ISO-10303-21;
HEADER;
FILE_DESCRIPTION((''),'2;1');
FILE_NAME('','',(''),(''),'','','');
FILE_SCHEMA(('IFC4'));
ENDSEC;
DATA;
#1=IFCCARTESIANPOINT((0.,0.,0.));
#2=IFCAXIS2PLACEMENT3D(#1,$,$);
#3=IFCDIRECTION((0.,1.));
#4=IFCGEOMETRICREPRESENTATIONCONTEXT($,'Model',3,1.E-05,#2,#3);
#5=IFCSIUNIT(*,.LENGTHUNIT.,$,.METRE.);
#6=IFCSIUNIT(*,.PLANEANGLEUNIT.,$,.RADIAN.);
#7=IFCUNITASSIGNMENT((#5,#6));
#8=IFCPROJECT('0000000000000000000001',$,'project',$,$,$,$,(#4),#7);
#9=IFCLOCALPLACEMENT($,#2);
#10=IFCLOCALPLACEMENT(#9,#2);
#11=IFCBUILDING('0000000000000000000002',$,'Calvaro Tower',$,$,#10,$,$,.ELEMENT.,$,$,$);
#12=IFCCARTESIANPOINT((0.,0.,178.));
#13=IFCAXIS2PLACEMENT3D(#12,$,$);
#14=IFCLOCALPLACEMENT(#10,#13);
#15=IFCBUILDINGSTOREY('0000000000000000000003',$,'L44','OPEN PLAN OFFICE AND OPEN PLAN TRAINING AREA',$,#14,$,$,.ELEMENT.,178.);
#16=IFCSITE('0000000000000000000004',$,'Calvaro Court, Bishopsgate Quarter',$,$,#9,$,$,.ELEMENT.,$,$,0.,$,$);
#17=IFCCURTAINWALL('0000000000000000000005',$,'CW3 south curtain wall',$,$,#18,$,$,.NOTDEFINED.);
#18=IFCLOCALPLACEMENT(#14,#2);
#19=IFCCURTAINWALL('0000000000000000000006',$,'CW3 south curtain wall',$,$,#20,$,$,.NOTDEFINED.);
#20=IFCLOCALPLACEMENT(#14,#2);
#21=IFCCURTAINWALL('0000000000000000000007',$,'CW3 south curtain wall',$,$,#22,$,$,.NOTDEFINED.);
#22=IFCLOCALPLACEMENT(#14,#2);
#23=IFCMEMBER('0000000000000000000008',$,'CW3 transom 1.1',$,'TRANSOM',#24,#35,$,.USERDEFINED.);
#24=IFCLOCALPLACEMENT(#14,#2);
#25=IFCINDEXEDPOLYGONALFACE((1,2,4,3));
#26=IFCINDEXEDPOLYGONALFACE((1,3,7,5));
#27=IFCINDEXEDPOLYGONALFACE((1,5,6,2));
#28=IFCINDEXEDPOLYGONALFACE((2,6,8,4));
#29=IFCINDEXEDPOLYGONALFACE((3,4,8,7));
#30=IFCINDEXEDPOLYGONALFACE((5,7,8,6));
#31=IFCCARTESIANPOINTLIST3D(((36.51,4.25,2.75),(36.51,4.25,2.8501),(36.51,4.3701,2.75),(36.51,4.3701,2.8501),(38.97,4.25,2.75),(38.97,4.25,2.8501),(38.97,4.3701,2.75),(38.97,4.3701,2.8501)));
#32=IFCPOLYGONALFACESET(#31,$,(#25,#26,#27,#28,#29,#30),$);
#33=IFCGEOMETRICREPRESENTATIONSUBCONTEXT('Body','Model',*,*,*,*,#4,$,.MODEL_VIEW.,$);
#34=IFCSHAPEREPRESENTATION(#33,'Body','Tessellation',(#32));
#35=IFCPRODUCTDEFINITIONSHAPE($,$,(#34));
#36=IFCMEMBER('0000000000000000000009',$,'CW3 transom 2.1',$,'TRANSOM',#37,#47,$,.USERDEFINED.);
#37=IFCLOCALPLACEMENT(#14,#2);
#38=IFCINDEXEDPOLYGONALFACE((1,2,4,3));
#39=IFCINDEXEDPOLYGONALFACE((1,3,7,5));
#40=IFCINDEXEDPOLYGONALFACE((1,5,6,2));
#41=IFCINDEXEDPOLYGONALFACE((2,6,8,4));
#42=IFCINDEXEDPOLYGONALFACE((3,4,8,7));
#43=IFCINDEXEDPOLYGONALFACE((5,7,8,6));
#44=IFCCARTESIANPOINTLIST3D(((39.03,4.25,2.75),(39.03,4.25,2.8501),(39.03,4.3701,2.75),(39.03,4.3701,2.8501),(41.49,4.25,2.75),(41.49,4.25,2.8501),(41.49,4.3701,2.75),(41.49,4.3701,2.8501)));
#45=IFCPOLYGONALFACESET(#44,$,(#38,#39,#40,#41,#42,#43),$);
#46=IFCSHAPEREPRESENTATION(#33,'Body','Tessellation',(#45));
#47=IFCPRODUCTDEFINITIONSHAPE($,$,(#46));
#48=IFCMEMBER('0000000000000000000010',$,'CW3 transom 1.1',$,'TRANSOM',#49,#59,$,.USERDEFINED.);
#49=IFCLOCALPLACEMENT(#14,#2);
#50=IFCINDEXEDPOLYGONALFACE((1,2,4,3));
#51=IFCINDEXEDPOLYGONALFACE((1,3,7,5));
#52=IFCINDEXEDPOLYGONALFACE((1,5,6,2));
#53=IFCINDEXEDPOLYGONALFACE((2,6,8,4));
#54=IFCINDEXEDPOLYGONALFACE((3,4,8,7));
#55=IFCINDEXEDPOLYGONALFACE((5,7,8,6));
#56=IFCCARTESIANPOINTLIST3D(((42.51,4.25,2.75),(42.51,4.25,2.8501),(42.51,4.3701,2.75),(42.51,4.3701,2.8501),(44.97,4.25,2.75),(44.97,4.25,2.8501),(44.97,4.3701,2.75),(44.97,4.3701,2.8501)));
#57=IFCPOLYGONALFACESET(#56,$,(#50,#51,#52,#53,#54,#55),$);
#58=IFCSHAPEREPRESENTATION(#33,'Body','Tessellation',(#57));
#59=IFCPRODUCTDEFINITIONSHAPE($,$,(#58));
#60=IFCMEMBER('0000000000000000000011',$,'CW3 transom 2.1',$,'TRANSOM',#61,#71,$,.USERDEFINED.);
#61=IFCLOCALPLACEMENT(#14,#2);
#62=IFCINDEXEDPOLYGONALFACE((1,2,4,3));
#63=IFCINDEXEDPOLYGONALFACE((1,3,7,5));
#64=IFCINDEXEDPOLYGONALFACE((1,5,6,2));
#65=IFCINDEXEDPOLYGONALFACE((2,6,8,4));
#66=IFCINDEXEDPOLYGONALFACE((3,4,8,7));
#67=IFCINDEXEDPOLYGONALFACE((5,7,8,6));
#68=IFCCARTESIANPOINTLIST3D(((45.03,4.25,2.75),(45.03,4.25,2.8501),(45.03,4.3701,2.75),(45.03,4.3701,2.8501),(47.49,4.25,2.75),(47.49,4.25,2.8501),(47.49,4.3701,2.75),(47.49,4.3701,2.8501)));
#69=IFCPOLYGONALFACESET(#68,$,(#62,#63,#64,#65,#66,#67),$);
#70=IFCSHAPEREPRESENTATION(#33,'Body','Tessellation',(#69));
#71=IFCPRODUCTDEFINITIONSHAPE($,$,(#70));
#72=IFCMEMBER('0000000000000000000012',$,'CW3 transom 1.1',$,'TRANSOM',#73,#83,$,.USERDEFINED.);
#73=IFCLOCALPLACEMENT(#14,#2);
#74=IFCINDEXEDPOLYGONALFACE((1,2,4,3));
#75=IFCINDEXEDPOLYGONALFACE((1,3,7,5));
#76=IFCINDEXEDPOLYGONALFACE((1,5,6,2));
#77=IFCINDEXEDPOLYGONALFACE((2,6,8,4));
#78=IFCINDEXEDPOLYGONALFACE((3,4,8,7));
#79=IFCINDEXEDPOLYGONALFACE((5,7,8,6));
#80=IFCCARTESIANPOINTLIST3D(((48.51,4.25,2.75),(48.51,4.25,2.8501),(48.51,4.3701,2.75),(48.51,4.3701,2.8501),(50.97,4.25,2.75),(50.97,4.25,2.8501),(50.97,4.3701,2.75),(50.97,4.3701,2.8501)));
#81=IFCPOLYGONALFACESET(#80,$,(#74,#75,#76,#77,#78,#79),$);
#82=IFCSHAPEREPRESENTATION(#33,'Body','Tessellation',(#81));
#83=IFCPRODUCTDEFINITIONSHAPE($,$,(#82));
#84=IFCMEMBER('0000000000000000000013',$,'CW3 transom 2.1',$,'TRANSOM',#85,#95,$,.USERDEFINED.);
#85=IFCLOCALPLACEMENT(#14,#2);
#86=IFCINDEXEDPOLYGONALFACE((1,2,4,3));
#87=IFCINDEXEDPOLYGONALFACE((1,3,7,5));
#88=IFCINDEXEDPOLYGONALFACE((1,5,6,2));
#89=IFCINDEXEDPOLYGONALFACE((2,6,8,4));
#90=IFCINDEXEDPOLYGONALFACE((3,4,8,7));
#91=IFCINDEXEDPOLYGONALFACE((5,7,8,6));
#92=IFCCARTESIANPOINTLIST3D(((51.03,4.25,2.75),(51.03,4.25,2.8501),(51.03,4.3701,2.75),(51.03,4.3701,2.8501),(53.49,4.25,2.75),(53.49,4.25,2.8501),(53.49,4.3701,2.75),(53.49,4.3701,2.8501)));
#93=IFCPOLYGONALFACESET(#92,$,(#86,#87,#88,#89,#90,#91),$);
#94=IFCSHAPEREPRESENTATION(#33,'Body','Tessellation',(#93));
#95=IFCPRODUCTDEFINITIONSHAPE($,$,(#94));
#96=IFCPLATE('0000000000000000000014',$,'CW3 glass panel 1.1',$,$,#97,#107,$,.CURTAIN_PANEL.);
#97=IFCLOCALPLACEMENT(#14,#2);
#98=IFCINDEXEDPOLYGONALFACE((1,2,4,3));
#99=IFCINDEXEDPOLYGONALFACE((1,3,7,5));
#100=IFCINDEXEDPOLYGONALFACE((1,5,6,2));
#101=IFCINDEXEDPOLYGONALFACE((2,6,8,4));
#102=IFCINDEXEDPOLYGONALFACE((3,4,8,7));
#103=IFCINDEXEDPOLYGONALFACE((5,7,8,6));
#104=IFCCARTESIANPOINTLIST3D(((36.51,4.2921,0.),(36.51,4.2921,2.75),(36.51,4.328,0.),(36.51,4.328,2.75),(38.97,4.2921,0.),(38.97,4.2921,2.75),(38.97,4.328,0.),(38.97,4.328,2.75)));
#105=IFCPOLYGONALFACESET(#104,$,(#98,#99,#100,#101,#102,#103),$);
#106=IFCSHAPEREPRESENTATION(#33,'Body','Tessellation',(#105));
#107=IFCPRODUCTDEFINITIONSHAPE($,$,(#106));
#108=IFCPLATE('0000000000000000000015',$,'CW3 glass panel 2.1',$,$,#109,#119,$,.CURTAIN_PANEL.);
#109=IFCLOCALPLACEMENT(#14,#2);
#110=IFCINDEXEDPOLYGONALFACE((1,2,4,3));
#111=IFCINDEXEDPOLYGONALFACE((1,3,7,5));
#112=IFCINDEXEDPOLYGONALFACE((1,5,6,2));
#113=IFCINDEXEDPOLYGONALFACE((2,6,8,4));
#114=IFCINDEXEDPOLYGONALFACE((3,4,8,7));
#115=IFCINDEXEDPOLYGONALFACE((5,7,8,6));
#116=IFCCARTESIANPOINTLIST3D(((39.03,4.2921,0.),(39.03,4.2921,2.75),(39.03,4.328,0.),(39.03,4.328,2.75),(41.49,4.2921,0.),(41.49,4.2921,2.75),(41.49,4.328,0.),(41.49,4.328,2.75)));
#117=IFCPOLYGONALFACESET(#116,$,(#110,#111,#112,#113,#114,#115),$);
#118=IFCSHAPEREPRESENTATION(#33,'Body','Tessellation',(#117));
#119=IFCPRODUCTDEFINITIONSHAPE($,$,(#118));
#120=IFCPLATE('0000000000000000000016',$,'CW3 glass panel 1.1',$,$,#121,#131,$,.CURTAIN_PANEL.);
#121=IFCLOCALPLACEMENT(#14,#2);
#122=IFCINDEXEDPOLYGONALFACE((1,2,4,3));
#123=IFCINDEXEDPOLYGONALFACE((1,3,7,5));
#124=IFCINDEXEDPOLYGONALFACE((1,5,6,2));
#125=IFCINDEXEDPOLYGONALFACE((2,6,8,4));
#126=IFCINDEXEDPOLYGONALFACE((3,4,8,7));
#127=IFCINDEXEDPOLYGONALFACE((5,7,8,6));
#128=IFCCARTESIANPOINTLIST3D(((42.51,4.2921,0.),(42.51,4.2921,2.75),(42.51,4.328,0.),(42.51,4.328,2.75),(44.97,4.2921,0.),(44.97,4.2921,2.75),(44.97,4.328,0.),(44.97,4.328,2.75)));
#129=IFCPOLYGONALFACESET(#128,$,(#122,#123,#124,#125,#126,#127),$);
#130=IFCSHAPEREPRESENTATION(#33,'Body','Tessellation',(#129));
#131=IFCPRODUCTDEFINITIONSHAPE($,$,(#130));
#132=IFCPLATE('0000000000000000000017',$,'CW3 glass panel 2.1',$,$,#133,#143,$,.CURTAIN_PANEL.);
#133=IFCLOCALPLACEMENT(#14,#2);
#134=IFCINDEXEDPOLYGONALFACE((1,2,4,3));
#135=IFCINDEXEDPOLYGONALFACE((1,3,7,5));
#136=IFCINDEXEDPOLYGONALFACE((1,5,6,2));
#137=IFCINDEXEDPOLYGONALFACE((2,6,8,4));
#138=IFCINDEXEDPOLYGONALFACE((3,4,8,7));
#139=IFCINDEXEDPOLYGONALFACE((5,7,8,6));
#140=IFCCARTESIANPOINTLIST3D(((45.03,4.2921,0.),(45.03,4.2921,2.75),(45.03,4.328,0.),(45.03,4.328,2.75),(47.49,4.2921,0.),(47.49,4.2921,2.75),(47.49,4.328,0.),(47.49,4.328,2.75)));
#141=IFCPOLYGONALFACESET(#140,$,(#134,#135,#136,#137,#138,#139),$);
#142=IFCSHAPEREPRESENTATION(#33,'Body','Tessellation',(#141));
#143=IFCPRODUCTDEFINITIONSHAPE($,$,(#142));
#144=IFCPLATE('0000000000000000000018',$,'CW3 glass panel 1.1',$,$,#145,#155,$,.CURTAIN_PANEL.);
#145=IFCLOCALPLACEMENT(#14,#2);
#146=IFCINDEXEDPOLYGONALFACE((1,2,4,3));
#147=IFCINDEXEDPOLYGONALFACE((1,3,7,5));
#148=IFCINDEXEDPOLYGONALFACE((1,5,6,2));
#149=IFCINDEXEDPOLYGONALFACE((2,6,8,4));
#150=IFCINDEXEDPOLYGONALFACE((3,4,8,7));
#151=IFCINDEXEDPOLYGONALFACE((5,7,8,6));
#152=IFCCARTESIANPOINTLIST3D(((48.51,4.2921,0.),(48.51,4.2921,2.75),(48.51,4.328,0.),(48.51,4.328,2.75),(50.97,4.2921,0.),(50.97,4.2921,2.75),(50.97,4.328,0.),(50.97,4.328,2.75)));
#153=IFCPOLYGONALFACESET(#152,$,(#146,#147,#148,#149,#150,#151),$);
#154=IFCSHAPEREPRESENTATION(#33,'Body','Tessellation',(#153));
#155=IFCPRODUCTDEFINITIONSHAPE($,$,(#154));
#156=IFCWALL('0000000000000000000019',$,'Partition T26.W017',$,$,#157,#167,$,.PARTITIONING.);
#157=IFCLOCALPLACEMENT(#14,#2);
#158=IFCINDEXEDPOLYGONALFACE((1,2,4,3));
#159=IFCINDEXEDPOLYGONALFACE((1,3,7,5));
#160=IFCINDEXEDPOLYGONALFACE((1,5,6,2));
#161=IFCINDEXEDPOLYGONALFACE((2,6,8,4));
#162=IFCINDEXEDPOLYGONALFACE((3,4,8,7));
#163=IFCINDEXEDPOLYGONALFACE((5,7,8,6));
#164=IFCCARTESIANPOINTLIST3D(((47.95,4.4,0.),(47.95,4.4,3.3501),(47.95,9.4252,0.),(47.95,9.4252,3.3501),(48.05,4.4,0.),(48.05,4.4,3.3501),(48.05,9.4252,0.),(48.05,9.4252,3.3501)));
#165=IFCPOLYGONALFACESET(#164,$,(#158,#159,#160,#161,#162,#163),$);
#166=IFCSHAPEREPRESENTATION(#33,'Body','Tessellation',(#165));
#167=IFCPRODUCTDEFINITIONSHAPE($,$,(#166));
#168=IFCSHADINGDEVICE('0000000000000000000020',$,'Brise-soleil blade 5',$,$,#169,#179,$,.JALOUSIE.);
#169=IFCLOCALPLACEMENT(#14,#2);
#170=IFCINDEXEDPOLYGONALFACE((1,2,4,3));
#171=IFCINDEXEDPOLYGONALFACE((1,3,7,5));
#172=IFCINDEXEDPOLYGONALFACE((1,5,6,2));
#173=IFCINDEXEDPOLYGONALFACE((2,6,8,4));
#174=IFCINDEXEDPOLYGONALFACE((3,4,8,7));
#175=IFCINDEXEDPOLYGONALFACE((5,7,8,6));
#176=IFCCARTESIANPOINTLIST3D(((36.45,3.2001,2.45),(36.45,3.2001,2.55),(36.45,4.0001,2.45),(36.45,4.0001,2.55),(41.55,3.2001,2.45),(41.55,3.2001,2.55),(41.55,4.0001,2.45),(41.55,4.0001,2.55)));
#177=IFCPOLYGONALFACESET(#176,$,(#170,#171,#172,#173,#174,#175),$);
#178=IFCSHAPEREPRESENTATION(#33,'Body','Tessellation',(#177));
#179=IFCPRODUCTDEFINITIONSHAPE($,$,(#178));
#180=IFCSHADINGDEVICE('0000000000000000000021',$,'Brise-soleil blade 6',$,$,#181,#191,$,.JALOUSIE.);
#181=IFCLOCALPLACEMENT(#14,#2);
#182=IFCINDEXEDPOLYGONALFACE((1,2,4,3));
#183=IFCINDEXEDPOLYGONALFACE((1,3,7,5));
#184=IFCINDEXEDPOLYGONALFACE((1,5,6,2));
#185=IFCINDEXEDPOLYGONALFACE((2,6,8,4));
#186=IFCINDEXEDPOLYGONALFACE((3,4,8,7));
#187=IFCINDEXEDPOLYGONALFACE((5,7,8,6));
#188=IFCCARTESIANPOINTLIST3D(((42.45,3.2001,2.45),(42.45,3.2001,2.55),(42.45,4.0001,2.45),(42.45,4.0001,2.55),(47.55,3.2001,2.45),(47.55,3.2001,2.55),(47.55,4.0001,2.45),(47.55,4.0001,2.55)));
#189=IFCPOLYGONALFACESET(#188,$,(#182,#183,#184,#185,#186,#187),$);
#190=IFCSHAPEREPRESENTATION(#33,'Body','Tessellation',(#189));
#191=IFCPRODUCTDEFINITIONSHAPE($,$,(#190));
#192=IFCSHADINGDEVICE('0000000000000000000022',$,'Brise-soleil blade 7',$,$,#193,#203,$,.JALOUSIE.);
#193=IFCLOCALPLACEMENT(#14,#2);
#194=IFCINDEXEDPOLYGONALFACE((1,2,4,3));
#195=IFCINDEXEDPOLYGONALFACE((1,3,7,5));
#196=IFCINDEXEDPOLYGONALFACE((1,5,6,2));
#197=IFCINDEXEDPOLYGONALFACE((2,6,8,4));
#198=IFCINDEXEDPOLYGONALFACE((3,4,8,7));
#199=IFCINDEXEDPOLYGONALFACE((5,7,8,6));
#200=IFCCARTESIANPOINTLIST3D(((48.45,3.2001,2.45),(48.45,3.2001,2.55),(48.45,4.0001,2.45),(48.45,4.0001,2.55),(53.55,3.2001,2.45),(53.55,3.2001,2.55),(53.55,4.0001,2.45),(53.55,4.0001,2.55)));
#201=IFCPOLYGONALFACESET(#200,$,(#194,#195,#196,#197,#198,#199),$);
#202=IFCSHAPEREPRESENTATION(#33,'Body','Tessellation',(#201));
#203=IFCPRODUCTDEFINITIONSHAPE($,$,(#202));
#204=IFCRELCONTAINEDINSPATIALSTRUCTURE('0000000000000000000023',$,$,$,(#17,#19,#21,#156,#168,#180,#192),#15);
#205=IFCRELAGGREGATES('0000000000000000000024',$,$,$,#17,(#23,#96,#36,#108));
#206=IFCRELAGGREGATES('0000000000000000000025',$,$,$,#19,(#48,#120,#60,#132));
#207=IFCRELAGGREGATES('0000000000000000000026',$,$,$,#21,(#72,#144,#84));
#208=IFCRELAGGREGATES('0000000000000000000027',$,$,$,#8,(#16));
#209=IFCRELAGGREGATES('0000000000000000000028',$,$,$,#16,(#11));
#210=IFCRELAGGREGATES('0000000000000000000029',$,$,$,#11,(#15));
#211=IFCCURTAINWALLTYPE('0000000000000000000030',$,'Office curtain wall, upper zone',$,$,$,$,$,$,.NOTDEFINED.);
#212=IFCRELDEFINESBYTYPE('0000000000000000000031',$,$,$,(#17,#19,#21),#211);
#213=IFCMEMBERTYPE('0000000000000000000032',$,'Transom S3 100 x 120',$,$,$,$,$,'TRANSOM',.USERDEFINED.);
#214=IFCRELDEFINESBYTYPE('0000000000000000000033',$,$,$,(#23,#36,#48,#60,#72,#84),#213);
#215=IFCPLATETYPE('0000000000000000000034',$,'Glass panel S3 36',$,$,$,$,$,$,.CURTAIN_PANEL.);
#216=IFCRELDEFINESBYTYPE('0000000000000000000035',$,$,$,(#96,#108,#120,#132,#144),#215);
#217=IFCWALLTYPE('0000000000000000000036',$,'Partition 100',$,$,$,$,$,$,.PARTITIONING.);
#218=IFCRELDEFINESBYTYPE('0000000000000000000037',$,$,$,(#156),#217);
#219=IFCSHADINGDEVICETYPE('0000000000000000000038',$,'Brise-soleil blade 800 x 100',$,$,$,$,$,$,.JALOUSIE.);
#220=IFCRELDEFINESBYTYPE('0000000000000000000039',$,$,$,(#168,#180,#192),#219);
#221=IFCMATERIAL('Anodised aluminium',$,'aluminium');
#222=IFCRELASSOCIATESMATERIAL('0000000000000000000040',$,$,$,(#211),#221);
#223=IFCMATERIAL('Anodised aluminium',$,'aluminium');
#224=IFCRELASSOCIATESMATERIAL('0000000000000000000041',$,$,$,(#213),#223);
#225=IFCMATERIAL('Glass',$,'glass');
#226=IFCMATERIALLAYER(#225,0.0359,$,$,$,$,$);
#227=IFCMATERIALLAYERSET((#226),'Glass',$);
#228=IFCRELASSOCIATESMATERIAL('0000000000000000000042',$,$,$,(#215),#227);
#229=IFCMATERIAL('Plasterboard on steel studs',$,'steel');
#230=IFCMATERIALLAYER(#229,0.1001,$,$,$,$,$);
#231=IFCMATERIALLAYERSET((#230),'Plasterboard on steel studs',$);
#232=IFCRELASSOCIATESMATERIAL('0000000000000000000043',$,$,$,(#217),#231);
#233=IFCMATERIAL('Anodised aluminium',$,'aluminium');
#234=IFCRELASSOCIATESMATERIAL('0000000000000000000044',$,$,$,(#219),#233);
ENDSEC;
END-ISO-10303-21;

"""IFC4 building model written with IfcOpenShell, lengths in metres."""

from ifc_helpers import new_model, si_unit, direction, frame, frame_2d, origin, origin_2d, place, context, subcontext, project, spatial, rectangle, extrude, material, layer, layer_set, material_profile, profile_set, type_object, element, aggregate, save


model = new_model("IFC4")

# Units and contexts
model_context = context("Model", 3, precision=1e-05, world=origin(), true_north=direction((0.0, 1.0)))
body_context = subcontext(model_context, "Body", "Model", "MODEL_VIEW")
ifc_project = project(units=[si_unit("LENGTHUNIT", "METRE"), si_unit("PLANEANGLEUNIT", "RADIAN")], contexts=[model_context])

# Site, building, storey
site_placement = place(None, origin())
site = spatial("IfcSite", under=ifc_project, at=site_placement, Name="Calvaro Court, Bishopsgate Quarter", CompositionType="ELEMENT", RefElevation=0.0)
building_placement = place(site_placement, origin())
building = spatial("IfcBuilding", under=site, at=building_placement, Name="Calvaro Tower", CompositionType="ELEMENT")
storey_placement = place(building_placement, frame((0.0, 0.0, 178.0)))
storey = spatial("IfcBuildingStorey", under=building, at=storey_placement, Name="L44", Description="OPEN PLAN OFFICE AND OPEN PLAN TRAINING AREA", CompositionType="ELEMENT", Elevation=178.0)

# Shared definitions
ifc_material_1 = material(Name="Anodised aluminium", Category="aluminium")
curtain_wall_type = type_object("IfcCurtainWallType", Name="Office curtain wall, upper zone", PredefinedType="NOTDEFINED", material=ifc_material_1)

# Curtain walls
curtain_wall_1_placement = place(storey_placement, origin())
curtain_wall_1 = element("IfcCurtainWall", 1, at=curtain_wall_1_placement, inside=storey, type_object=curtain_wall_type, Name="CW3 south curtain wall", PredefinedType="NOTDEFINED")
curtain_wall_2_placement = place(storey_placement, origin())
curtain_wall_2 = element("IfcCurtainWall", 2, at=curtain_wall_2_placement, inside=storey, type_object=curtain_wall_type, Name="CW3 south curtain wall", PredefinedType="NOTDEFINED")
curtain_wall_3_placement = place(storey_placement, origin())
curtain_wall_3 = element("IfcCurtainWall", 3, at=curtain_wall_3_placement, inside=storey, type_object=curtain_wall_type, Name="CW3 south curtain wall", PredefinedType="NOTDEFINED")

# Members
ifc_material_2 = material(Name="Anodised aluminium", Category="aluminium")
ifc_material_profile_1 = material_profile(ifc_material_2, rectangle(XDim=0.1201, YDim=0.1001, at=origin_2d()), Name="Transom S3 100 x 120")
ifc_profile_set_1 = profile_set([ifc_material_profile_1], Name="Anodised aluminium")
member_type_1 = type_object("IfcMemberType", Name="Transom S3 100 x 120", ElementType="TRANSOM", PredefinedType="USERDEFINED", material=ifc_profile_set_1)
member_1_placement = place(storey_placement, frame((36.51, 4.3101, 2.8), z_axis=(1.0, 0.0, 0.0), x_axis=(0.0, 1.0, 0.0)))
member_1 = element("IfcMember", 4, at=member_1_placement, type_object=member_type_1, Name="CW3 transom 1.1", ObjectType="TRANSOM", PredefinedType="USERDEFINED", context=body_context, shape_type="SweptSolid", body=[
    extrude(rectangle(XDim=0.1201, YDim=0.1001, at=origin_2d()), origin(), (0.0, 0.0, 1.0), 2.46),
])
member_2_placement = place(storey_placement, frame((39.03, 4.3101, 2.8), z_axis=(1.0, 0.0, 0.0), x_axis=(0.0, 1.0, 0.0)))
member_2 = element("IfcMember", 5, at=member_2_placement, type_object=member_type_1, Name="CW3 transom 2.1", ObjectType="TRANSOM", PredefinedType="USERDEFINED", context=body_context, shape_type="SweptSolid", body=[
    extrude(rectangle(XDim=0.1201, YDim=0.1001, at=origin_2d()), origin(), (0.0, 0.0, 1.0), 2.46),
])
member_3_placement = place(storey_placement, frame((42.51, 4.3101, 2.8), z_axis=(1.0, 0.0, 0.0), x_axis=(0.0, 1.0, 0.0)))
member_3 = element("IfcMember", 6, at=member_3_placement, type_object=member_type_1, Name="CW3 transom 1.1", ObjectType="TRANSOM", PredefinedType="USERDEFINED", context=body_context, shape_type="SweptSolid", body=[
    extrude(rectangle(XDim=0.1201, YDim=0.1001, at=origin_2d()), origin(), (0.0, 0.0, 1.0), 2.46),
])
member_4_placement = place(storey_placement, frame((45.03, 4.3101, 2.8), z_axis=(1.0, 0.0, 0.0), x_axis=(0.0, 1.0, 0.0)))
member_4 = element("IfcMember", 7, at=member_4_placement, type_object=member_type_1, Name="CW3 transom 2.1", ObjectType="TRANSOM", PredefinedType="USERDEFINED", context=body_context, shape_type="SweptSolid", body=[
    extrude(rectangle(XDim=0.1201, YDim=0.1001, at=origin_2d()), origin(), (0.0, 0.0, 1.0), 2.46),
])
member_5_placement = place(storey_placement, frame((48.51, 4.3101, 2.8), z_axis=(1.0, 0.0, 0.0), x_axis=(0.0, 1.0, 0.0)))
member_5 = element("IfcMember", 8, at=member_5_placement, type_object=member_type_1, Name="CW3 transom 1.1", ObjectType="TRANSOM", PredefinedType="USERDEFINED", context=body_context, shape_type="SweptSolid", body=[
    extrude(rectangle(XDim=0.1201, YDim=0.1001, at=origin_2d()), origin(), (0.0, 0.0, 1.0), 2.46),
])
member_6_placement = place(storey_placement, frame((51.03, 4.3101, 2.8), z_axis=(1.0, 0.0, 0.0), x_axis=(0.0, 1.0, 0.0)))
member_6 = element("IfcMember", 9, at=member_6_placement, type_object=member_type_1, Name="CW3 transom 2.1", ObjectType="TRANSOM", PredefinedType="USERDEFINED", context=body_context, shape_type="SweptSolid", body=[
    extrude(rectangle(XDim=0.1201, YDim=0.1001, at=origin_2d()), origin(), (0.0, 0.0, 1.0), 2.46),
])

# Plates
ifc_material_3 = material(Name="Glass", Category="glass")
ifc_layer_1 = layer(ifc_material_3, 0.0359)
ifc_layer_set_1 = layer_set([ifc_layer_1], Name="Glass")
plate_type = type_object("IfcPlateType", Name="Glass panel S3 36", PredefinedType="CURTAIN_PANEL", material=ifc_layer_set_1)
plate_1_placement = place(storey_placement, frame((37.74, 4.3101, 0.0), z_axis=(0.0, 0.0, 1.0), x_axis=(1.0, 0.0, 0.0)))
plate_1 = element("IfcPlate", 10, at=plate_1_placement, type_object=plate_type, Name="CW3 glass panel 1.1", PredefinedType="CURTAIN_PANEL", context=body_context, shape_type="SweptSolid", body=[
    extrude(rectangle(XDim=2.46, YDim=0.0359, at=origin_2d()), origin(), (0.0, 0.0, 1.0), 2.75),
])
plate_2_placement = place(storey_placement, frame((40.26, 4.3101, 0.0), z_axis=(0.0, 0.0, 1.0), x_axis=(1.0, 0.0, 0.0)))
plate_2 = element("IfcPlate", 11, at=plate_2_placement, type_object=plate_type, Name="CW3 glass panel 2.1", PredefinedType="CURTAIN_PANEL", context=body_context, shape_type="SweptSolid", body=[
    extrude(rectangle(XDim=2.46, YDim=0.0359, at=origin_2d()), origin(), (0.0, 0.0, 1.0), 2.75),
])
aggregate(curtain_wall_1, [member_1, plate_1, member_2, plate_2])
plate_3_placement = place(storey_placement, frame((43.74, 4.3101, 0.0), z_axis=(0.0, 0.0, 1.0), x_axis=(1.0, 0.0, 0.0)))
plate_3 = element("IfcPlate", 12, at=plate_3_placement, type_object=plate_type, Name="CW3 glass panel 1.1", PredefinedType="CURTAIN_PANEL", context=body_context, shape_type="SweptSolid", body=[
    extrude(rectangle(XDim=2.46, YDim=0.0359, at=origin_2d()), origin(), (0.0, 0.0, 1.0), 2.75),
])
plate_4_placement = place(storey_placement, frame((46.26, 4.3101, 0.0), z_axis=(0.0, 0.0, 1.0), x_axis=(1.0, 0.0, 0.0)))
plate_4 = element("IfcPlate", 13, at=plate_4_placement, type_object=plate_type, Name="CW3 glass panel 2.1", PredefinedType="CURTAIN_PANEL", context=body_context, shape_type="SweptSolid", body=[
    extrude(rectangle(XDim=2.46, YDim=0.0359, at=origin_2d()), origin(), (0.0, 0.0, 1.0), 2.75),
])
aggregate(curtain_wall_2, [member_3, plate_3, member_4, plate_4])
plate_5_placement = place(storey_placement, frame((49.74, 4.3101, 0.0), z_axis=(0.0, 0.0, 1.0), x_axis=(1.0, 0.0, 0.0)))
plate_5 = element("IfcPlate", 14, at=plate_5_placement, type_object=plate_type, Name="CW3 glass panel 1.1", PredefinedType="CURTAIN_PANEL", context=body_context, shape_type="SweptSolid", body=[
    extrude(rectangle(XDim=2.46, YDim=0.0359, at=origin_2d()), origin(), (0.0, 0.0, 1.0), 2.75),
])
aggregate(curtain_wall_3, [member_5, plate_5, member_6])

# Wall
ifc_material_4 = material(Name="Plasterboard on steel studs", Category="steel")
ifc_layer_2 = layer(ifc_material_4, 0.1001)
ifc_layer_set_2 = layer_set([ifc_layer_2], Name="Plasterboard on steel studs")
wall_type = type_object("IfcWallType", Name="Partition 100", PredefinedType="PARTITIONING", material=ifc_layer_set_2)
wall_placement = place(storey_placement, frame((48.0, 4.3999, 0.0), z_axis=(0.0, 0.0, 1.0), x_axis=(0.0, 1.0, 0.0)))
element("IfcWall", 15, at=wall_placement, inside=storey, type_object=wall_type, Name="Partition T26.W017", PredefinedType="PARTITIONING", context=body_context, shape_type="SweptSolid", body=[
    extrude(rectangle(XDim=5.0251, YDim=0.1001, at=frame_2d((2.5127, 0.0))), origin(), (0.0, 0.0, 1.0), 3.3501),
])

# Shading devices
ifc_material_5 = material(Name="Anodised aluminium", Category="aluminium")
ifc_material_profile_2 = material_profile(ifc_material_5, rectangle(XDim=0.8, YDim=0.1001, at=origin_2d()), Name="Brise-soleil blade 800 x 100")
ifc_profile_set_2 = profile_set([ifc_material_profile_2], Name="Anodised aluminium")
shading_device_type = type_object("IfcShadingDeviceType", Name="Brise-soleil blade 800 x 100", PredefinedType="JALOUSIE", material=ifc_profile_set_2)
for number, where, z_axis, x_axis, name in (
    (16, (36.45, 3.6001, 2.5), (1.0, 0.0, 0.0), (0.0, 1.0, 0.0), "Brise-soleil blade 5"),
    (17, (42.45, 3.6001, 2.5), (1.0, 0.0, 0.0), (0.0, 1.0, 0.0), "Brise-soleil blade 6"),
    (18, (48.45, 3.6001, 2.5), (1.0, 0.0, 0.0), (0.0, 1.0, 0.0), "Brise-soleil blade 7"),
):
    element("IfcShadingDevice", number, at=place(storey_placement, frame(where, z_axis=z_axis, x_axis=x_axis)), inside=storey, type_object=shading_device_type, Name=name, PredefinedType="JALOUSIE", context=body_context, shape_type="SweptSolid", body=[
        extrude(rectangle(XDim=0.8, YDim=0.1001, at=origin_2d()), origin(), (0.0, 0.0, 1.0), 5.1001),
    ])

save(model, "model.ifc")
